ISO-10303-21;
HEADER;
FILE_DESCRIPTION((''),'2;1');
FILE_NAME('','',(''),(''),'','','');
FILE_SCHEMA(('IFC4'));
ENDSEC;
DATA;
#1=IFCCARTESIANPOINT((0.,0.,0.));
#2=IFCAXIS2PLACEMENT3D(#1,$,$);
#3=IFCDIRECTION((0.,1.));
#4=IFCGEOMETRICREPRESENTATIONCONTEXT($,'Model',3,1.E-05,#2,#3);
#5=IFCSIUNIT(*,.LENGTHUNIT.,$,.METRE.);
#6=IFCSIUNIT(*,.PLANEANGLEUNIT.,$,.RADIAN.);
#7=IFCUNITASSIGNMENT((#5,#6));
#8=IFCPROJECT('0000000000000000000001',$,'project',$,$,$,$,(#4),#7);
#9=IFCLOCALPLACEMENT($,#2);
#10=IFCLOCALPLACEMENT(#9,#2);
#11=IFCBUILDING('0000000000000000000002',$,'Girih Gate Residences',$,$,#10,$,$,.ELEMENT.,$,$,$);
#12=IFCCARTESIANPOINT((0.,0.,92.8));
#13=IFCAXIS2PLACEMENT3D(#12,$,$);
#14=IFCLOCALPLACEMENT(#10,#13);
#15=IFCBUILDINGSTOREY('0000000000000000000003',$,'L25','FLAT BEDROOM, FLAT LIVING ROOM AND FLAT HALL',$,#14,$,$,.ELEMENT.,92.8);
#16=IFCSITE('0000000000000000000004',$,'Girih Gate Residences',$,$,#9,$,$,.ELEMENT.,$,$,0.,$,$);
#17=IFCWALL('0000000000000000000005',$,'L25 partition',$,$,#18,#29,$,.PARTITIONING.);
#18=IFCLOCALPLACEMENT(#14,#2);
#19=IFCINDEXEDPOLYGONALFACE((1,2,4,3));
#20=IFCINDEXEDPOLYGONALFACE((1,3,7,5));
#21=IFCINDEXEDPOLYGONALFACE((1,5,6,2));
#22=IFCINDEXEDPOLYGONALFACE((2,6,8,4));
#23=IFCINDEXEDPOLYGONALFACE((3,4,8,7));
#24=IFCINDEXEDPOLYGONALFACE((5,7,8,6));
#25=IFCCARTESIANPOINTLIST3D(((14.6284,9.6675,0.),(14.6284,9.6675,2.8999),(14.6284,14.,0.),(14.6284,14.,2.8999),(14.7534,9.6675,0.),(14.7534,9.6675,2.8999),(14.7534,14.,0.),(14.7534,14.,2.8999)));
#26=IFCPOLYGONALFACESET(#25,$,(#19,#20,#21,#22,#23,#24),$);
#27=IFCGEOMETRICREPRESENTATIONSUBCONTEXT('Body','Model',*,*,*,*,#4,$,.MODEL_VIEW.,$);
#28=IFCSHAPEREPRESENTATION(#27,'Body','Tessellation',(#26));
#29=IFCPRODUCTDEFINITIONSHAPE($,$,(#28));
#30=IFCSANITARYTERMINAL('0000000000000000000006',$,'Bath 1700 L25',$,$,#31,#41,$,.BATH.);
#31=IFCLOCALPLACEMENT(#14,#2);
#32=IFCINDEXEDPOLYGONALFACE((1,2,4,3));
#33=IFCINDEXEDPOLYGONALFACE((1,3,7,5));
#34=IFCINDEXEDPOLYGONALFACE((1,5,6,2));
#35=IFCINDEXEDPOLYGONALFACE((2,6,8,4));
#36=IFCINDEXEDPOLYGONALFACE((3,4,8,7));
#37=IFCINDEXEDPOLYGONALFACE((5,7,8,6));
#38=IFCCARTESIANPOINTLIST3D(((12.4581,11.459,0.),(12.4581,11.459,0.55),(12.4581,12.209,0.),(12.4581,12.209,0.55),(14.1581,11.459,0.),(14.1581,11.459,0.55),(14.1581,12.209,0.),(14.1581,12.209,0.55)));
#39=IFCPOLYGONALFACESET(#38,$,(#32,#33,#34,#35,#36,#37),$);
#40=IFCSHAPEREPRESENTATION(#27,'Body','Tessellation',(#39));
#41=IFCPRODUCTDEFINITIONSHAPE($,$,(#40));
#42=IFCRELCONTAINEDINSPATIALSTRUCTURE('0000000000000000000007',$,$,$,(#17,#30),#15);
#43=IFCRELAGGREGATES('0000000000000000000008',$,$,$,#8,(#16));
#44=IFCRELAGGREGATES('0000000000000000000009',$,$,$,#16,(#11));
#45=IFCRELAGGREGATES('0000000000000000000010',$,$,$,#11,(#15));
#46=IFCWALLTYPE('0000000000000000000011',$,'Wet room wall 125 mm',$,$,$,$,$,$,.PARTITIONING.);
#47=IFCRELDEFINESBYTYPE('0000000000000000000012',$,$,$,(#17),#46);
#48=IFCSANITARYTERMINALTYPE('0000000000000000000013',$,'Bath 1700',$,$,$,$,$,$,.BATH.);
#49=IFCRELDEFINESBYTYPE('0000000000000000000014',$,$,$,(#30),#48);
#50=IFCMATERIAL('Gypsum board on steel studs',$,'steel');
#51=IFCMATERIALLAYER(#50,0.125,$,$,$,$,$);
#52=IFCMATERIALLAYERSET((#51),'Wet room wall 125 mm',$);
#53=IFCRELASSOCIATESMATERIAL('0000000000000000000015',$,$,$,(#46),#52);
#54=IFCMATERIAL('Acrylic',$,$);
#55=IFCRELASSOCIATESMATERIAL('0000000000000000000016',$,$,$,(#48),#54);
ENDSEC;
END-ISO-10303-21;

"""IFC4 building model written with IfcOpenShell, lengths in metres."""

from ifc_helpers import new_model, si_unit, direction, frame, frame_2d, origin, origin_2d, place, context, subcontext, project, spatial, rectangle, extrude, material, layer, layer_set, type_object, element, save


model = new_model("IFC4")

# Units and contexts
model_context = context("Model", 3, precision=1e-05, world=origin(), true_north=direction((0.0, 1.0)))
body_context = subcontext(model_context, "Body", "Model", "MODEL_VIEW")
ifc_project = project(units=[si_unit("LENGTHUNIT", "METRE"), si_unit("PLANEANGLEUNIT", "RADIAN")], contexts=[model_context])

# Site, building, storey
site_placement = place(None, origin())
site = spatial("IfcSite", under=ifc_project, at=site_placement, Name="Girih Gate Residences", CompositionType="ELEMENT", RefElevation=0.0)
building_placement = place(site_placement, origin())
building = spatial("IfcBuilding", under=site, at=building_placement, Name="Girih Gate Residences", CompositionType="ELEMENT")
storey_placement = place(building_placement, frame((0.0, 0.0, 92.8)))
storey = spatial("IfcBuildingStorey", under=building, at=storey_placement, Name="L25", Description="FLAT BEDROOM, FLAT LIVING ROOM AND FLAT HALL", CompositionType="ELEMENT", Elevation=92.8)

# Shared definitions
ifc_material_1 = material(Name="Gypsum board on steel studs", Category="steel")

# Shared definitions
ifc_layer_1 = layer(ifc_material_1, 0.125)
ifc_layer_set_1 = layer_set([ifc_layer_1], Name="Wet room wall 125 mm")
wall_type_1 = type_object("IfcWallType", Name="Wet room wall 125 mm", PredefinedType="PARTITIONING", material=ifc_layer_set_1)

# Wall
for number, where, z_axis, x_axis, name in (
    (1, (14.6909, 9.6675, 0.0), (0.0, 0.0, 1.0), (0.0, 1.0, 0.0), "L25 partition"),
):
    element("IfcWall", number, at=place(storey_placement, frame(where, z_axis=z_axis, x_axis=x_axis)), inside=storey, type_object=wall_type_1, Name=name, PredefinedType="PARTITIONING", context=body_context, shape_type="SweptSolid", body=[
        extrude(rectangle(XDim=4.3325, YDim=0.125, at=frame_2d((2.1663, 0.0))), origin(), (0.0, 0.0, 1.0), 2.8999),
    ])

# Sanitary terminal
ifc_material_2 = material(Name="Acrylic")
sanitary_terminal_type = type_object("IfcSanitaryTerminalType", Name="Bath 1700", PredefinedType="BATH", material=ifc_material_2)
sanitary_terminal_placement = place(storey_placement, frame((13.3081, 11.834, 0.0), z_axis=(0.0, 0.0, 1.0), x_axis=(1.0, 0.0, 0.0)))
element("IfcSanitaryTerminal", 2, at=sanitary_terminal_placement, inside=storey, type_object=sanitary_terminal_type, Name="Bath 1700 L25", PredefinedType="BATH", context=body_context, shape_type="SweptSolid", body=[
    extrude(rectangle(XDim=1.7, YDim=0.75, at=origin_2d()), origin(), (0.0, 0.0, 1.0), 0.55),
])

save(model, "model.ifc")
